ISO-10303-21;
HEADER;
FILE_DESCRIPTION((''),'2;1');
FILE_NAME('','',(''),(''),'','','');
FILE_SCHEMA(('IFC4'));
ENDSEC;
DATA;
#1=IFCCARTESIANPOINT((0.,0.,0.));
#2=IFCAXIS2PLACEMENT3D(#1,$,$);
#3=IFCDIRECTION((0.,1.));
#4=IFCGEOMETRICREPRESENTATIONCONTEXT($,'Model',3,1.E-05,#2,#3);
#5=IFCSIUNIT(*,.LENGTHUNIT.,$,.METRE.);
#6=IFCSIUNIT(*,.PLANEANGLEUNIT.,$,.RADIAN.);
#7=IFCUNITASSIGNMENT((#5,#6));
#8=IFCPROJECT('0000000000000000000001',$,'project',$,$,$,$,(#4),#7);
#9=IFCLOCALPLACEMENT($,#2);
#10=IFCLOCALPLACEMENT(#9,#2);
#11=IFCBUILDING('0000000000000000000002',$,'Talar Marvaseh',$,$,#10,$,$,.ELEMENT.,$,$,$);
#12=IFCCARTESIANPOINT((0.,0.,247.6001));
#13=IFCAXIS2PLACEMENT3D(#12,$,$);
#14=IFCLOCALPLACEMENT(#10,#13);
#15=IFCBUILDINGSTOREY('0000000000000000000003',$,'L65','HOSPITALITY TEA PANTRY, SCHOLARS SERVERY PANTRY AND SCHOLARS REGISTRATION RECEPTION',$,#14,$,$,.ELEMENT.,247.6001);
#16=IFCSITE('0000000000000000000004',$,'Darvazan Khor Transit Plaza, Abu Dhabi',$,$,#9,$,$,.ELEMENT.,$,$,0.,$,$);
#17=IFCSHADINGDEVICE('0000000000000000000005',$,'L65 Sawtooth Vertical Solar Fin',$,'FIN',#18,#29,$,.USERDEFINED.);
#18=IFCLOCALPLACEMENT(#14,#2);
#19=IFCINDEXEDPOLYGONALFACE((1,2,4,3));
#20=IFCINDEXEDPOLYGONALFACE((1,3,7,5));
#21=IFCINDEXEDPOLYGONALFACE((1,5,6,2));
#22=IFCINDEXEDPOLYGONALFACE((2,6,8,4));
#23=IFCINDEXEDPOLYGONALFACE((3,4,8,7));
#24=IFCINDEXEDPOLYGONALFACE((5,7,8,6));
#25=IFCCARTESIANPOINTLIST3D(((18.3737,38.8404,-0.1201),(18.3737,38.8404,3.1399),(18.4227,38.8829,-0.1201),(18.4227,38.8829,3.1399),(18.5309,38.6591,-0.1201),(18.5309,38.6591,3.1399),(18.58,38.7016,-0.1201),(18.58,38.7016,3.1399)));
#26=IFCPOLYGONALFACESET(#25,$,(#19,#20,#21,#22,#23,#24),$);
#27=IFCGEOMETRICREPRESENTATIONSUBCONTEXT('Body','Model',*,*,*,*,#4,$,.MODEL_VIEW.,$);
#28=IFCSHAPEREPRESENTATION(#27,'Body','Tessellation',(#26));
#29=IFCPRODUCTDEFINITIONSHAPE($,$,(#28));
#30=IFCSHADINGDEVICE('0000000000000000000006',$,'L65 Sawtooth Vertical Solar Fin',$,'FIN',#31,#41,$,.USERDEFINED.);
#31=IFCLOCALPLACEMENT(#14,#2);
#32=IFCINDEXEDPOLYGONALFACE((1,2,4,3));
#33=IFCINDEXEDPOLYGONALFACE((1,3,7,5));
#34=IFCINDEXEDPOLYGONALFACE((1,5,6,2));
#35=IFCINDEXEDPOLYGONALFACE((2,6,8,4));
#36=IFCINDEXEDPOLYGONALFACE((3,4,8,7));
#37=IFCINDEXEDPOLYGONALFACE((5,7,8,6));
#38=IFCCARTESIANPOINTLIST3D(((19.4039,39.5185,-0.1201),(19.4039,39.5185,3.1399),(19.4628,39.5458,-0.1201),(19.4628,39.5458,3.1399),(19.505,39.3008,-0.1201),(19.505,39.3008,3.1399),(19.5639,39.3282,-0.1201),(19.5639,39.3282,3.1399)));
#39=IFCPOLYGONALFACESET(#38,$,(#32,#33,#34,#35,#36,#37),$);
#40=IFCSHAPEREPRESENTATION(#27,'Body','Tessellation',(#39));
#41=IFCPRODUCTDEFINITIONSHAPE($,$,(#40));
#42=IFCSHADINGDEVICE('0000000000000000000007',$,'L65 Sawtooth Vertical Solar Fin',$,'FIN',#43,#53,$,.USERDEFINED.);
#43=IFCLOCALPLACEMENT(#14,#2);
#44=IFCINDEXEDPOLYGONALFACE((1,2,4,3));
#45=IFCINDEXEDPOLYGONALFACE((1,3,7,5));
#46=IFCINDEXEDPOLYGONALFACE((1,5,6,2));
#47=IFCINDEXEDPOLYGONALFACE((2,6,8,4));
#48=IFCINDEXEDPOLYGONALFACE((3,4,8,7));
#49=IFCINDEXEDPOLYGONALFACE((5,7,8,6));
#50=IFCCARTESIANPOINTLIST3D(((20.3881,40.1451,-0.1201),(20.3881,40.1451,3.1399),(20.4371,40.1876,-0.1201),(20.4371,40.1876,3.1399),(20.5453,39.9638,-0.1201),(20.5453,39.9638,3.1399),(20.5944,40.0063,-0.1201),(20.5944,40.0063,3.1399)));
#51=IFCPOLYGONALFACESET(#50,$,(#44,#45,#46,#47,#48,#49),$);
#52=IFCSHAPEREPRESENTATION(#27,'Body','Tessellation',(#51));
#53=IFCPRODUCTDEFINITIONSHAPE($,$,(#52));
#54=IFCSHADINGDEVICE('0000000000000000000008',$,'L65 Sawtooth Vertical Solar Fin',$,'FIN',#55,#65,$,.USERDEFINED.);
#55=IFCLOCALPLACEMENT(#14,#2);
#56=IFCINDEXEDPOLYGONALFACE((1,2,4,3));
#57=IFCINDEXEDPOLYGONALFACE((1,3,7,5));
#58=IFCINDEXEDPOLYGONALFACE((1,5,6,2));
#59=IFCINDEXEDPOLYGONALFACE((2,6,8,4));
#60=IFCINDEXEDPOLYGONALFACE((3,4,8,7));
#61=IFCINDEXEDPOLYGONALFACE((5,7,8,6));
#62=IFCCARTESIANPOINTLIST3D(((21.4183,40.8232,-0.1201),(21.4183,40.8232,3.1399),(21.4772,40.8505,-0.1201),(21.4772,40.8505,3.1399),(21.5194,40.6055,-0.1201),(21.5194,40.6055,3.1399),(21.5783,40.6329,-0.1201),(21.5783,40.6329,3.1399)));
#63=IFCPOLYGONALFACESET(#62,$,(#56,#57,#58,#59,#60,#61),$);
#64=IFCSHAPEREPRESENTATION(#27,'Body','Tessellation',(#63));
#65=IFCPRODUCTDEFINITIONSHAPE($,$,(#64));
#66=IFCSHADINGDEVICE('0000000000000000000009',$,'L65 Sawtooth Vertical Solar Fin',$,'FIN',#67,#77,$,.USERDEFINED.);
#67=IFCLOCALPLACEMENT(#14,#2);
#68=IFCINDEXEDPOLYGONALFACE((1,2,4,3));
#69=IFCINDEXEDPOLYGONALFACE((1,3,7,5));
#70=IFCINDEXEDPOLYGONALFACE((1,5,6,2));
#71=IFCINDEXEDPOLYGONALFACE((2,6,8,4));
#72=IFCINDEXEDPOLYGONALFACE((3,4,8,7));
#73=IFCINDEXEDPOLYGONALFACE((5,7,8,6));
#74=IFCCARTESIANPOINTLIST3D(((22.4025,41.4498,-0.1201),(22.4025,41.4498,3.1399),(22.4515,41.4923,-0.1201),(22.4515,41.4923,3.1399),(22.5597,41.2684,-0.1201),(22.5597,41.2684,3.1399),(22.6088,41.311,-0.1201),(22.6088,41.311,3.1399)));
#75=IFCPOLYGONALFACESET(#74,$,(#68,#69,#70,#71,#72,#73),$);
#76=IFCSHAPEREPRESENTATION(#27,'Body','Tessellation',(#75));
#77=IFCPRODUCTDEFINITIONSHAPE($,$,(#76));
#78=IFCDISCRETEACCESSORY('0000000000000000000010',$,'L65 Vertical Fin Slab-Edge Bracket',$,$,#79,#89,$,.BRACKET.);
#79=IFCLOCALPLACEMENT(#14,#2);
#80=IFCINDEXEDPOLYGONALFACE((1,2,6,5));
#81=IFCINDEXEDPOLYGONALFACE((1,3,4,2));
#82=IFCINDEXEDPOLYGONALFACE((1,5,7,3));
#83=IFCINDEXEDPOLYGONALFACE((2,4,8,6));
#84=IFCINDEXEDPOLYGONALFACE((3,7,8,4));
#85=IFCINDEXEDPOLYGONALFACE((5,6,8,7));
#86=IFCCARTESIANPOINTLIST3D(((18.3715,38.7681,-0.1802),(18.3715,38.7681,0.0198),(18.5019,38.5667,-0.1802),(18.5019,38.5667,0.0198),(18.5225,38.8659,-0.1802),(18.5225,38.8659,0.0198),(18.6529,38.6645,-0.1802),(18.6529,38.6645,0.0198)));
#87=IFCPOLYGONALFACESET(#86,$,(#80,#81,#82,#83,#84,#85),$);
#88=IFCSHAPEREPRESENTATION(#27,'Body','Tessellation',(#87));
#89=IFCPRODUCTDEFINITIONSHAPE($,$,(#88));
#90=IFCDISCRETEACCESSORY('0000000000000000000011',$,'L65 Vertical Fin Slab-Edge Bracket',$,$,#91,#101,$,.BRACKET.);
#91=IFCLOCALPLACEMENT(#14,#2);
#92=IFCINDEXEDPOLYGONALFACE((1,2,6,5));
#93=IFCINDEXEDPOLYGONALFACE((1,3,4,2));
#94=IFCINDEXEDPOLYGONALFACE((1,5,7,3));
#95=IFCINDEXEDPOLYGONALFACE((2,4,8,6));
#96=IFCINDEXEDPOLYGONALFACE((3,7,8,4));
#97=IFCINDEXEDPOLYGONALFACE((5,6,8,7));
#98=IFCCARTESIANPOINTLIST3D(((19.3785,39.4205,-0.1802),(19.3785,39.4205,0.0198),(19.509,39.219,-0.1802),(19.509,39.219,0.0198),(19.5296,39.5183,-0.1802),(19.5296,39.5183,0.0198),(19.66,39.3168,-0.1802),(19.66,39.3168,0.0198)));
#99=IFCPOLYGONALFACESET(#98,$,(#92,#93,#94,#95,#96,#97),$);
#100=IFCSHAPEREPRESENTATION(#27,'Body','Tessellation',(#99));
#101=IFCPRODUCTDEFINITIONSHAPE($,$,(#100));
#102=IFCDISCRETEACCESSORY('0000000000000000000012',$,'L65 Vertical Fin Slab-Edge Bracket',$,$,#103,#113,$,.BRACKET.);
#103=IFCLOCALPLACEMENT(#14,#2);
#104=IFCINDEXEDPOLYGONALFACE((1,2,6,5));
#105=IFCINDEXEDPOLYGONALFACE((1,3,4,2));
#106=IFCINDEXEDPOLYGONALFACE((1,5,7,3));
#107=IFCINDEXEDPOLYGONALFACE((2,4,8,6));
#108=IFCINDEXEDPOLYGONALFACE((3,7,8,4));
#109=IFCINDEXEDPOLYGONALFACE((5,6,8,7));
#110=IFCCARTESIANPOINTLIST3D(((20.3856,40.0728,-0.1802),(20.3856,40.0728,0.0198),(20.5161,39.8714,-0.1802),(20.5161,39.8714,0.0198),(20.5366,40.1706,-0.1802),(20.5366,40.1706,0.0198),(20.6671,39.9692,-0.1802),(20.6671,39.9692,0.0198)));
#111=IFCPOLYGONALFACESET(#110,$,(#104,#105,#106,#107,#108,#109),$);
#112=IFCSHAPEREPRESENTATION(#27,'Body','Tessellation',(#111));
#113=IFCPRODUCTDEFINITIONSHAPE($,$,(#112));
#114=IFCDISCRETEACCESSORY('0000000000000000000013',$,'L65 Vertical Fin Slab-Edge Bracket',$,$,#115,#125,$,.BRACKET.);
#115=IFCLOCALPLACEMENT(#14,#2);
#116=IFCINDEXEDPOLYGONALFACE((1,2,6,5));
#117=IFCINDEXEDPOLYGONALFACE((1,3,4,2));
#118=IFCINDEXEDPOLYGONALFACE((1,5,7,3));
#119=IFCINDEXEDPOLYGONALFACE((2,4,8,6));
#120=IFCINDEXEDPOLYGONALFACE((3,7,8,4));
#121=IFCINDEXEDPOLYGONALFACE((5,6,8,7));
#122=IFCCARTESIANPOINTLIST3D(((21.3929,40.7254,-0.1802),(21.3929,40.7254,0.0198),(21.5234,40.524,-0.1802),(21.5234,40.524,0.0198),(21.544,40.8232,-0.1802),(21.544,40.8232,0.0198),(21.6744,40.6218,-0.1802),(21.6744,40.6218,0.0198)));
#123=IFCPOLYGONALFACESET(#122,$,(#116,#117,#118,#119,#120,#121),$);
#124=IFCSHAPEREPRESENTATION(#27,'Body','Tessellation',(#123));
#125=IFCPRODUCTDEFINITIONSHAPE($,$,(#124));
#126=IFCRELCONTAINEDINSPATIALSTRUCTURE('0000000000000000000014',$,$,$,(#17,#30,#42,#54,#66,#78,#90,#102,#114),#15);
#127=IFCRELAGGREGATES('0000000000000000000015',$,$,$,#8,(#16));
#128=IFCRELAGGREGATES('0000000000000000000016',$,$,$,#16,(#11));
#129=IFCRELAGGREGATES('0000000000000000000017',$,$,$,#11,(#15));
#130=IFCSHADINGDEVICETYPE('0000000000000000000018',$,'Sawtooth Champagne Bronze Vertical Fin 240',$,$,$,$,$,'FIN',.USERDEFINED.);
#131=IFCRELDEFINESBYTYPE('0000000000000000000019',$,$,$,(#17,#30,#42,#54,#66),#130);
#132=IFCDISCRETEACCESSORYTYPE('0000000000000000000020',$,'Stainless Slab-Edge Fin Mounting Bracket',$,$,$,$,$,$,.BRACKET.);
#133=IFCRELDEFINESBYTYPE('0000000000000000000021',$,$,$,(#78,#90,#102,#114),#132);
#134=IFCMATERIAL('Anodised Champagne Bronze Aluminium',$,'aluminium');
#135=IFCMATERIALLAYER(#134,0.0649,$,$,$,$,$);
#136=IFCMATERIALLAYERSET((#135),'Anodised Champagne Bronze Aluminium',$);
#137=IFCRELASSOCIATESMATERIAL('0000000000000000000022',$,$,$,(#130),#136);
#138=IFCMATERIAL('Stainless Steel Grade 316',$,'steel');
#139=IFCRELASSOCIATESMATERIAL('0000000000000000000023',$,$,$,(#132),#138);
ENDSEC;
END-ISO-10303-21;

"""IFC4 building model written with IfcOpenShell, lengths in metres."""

from ifc_helpers import new_model, si_unit, direction, frame, origin, origin_2d, place, context, subcontext, project, spatial, rectangle, extrude, source, transform, mapped, material, layer, layer_set, type_object, type_shapes, element, save


model = new_model("IFC4")

# Units and contexts
model_context = context("Model", 3, precision=1e-05, world=origin(), true_north=direction((0.0, 1.0)))
body_context = subcontext(model_context, "Body", "Model", "MODEL_VIEW")
ifc_project = project(units=[si_unit("LENGTHUNIT", "METRE"), si_unit("PLANEANGLEUNIT", "RADIAN")], contexts=[model_context])

# Site, building, storey
site_placement = place(None, origin())
site = spatial("IfcSite", under=ifc_project, at=site_placement, Name="Darvazan Khor Transit Plaza, Abu Dhabi", CompositionType="ELEMENT", RefElevation=0.0)
building_placement = place(site_placement, origin())
building = spatial("IfcBuilding", under=site, at=building_placement, Name="Talar Marvaseh", CompositionType="ELEMENT")
storey_placement = place(building_placement, frame((0.0, 0.0, 247.6001)))
storey = spatial("IfcBuildingStorey", under=building, at=storey_placement, Name="L65", Description="HOSPITALITY TEA PANTRY, SCHOLARS SERVERY PANTRY AND SCHOLARS REGISTRATION RECEPTION", CompositionType="ELEMENT", Elevation=247.6001)

# Shading devices
ifc_material_1 = material(Name="Anodised Champagne Bronze Aluminium", Category="aluminium")
ifc_layer_1 = layer(ifc_material_1, 0.0649)
ifc_layer_set_1 = layer_set([ifc_layer_1], Name="Anodised Champagne Bronze Aluminium")
shading_device_type = type_object("IfcShadingDeviceType", Name="Sawtooth Champagne Bronze Vertical Fin 240", ElementType="FIN", PredefinedType="USERDEFINED", material=ifc_layer_set_1)
shared_shape_1 = source(origin(), body_context, "Body", "SweptSolid", [
    extrude(rectangle(XDim=0.24, YDim=0.0649, at=origin_2d()), origin(), (0.0, 0.0, 1.0), 3.26),
])
type_shapes(shading_device_type, [shared_shape_1])
for number, where, z_axis, x_axis, name in (
    (1, (18.4768, 38.771, -0.1201), (0.0, 0.0, 1.0), (-0.655136, 0.755511, 0.0), "L65 Sawtooth Vertical Solar Fin"),
    (2, (19.4839, 39.4233, -0.1201), (0.0, 0.0, 1.0), (-0.421511, 0.906823, 0.0), "L65 Sawtooth Vertical Solar Fin"),
    (3, (20.4912, 40.0757, -0.1201), (0.0, 0.0, 1.0), (-0.655136, 0.755511, 0.0), "L65 Sawtooth Vertical Solar Fin"),
    (4, (21.4983, 40.728, -0.1201), (0.0, 0.0, 1.0), (-0.421511, 0.906823, 0.0), "L65 Sawtooth Vertical Solar Fin"),
    (5, (22.5056, 41.3804, -0.1201), (0.0, 0.0, 1.0), (-0.655136, 0.755511, 0.0), "L65 Sawtooth Vertical Solar Fin"),
):
    element("IfcShadingDevice", number, at=place(storey_placement, frame(where, z_axis=z_axis, x_axis=x_axis)), inside=storey, type_object=shading_device_type, Name=name, ObjectType="FIN", PredefinedType="USERDEFINED", context=body_context, shape_type="MappedRepresentation", body=[
        mapped(shared_shape_1, transform((0.0, 0.0, 0.0), x_axis=(1.0, 0.0, 0.0), y_axis=(0.0, 1.0, 0.0), z_axis=(0.0, 0.0, 1.0), scale=1.0)),
    ])

# Discrete accessories
ifc_material_2 = material(Name="Stainless Steel Grade 316", Category="steel")
discrete_accessory_type = type_object("IfcDiscreteAccessoryType", Name="Stainless Slab-Edge Fin Mounting Bracket", PredefinedType="BRACKET", material=ifc_material_2)
shared_shape_2 = source(origin(), body_context, "Body", "SweptSolid", [
    extrude(rectangle(XDim=0.24, YDim=0.1799, at=origin_2d()), origin(), (0.0, 0.0, 1.0), 0.2),
])
type_shapes(discrete_accessory_type, [shared_shape_2])
for number, where, z_axis, x_axis, name in (
    (6, (18.5122, 38.7163, -0.1802), (0.0, 0.0, 1.0), (-0.543614, 0.839335, 0.0), "L65 Vertical Fin Slab-Edge Bracket"),
    (7, (19.5193, 39.3687, -0.1802), (0.0, 0.0, 1.0), (-0.543614, 0.839335, 0.0), "L65 Vertical Fin Slab-Edge Bracket"),
    (8, (20.5264, 40.021, -0.1802), (0.0, 0.0, 1.0), (-0.543614, 0.839335, 0.0), "L65 Vertical Fin Slab-Edge Bracket"),
    (9, (21.5337, 40.6736, -0.1802), (0.0, 0.0, 1.0), (-0.543614, 0.839335, 0.0), "L65 Vertical Fin Slab-Edge Bracket"),
):
    element("IfcDiscreteAccessory", number, at=place(storey_placement, frame(where, z_axis=z_axis, x_axis=x_axis)), inside=storey, type_object=discrete_accessory_type, Name=name, PredefinedType="BRACKET", context=body_context, shape_type="MappedRepresentation", body=[
        mapped(shared_shape_2, transform((0.0, 0.0, 0.0), x_axis=(1.0, 0.0, 0.0), y_axis=(0.0, 1.0, 0.0), z_axis=(0.0, 0.0, 1.0), scale=1.0)),
    ])

save(model, "model.ifc")
